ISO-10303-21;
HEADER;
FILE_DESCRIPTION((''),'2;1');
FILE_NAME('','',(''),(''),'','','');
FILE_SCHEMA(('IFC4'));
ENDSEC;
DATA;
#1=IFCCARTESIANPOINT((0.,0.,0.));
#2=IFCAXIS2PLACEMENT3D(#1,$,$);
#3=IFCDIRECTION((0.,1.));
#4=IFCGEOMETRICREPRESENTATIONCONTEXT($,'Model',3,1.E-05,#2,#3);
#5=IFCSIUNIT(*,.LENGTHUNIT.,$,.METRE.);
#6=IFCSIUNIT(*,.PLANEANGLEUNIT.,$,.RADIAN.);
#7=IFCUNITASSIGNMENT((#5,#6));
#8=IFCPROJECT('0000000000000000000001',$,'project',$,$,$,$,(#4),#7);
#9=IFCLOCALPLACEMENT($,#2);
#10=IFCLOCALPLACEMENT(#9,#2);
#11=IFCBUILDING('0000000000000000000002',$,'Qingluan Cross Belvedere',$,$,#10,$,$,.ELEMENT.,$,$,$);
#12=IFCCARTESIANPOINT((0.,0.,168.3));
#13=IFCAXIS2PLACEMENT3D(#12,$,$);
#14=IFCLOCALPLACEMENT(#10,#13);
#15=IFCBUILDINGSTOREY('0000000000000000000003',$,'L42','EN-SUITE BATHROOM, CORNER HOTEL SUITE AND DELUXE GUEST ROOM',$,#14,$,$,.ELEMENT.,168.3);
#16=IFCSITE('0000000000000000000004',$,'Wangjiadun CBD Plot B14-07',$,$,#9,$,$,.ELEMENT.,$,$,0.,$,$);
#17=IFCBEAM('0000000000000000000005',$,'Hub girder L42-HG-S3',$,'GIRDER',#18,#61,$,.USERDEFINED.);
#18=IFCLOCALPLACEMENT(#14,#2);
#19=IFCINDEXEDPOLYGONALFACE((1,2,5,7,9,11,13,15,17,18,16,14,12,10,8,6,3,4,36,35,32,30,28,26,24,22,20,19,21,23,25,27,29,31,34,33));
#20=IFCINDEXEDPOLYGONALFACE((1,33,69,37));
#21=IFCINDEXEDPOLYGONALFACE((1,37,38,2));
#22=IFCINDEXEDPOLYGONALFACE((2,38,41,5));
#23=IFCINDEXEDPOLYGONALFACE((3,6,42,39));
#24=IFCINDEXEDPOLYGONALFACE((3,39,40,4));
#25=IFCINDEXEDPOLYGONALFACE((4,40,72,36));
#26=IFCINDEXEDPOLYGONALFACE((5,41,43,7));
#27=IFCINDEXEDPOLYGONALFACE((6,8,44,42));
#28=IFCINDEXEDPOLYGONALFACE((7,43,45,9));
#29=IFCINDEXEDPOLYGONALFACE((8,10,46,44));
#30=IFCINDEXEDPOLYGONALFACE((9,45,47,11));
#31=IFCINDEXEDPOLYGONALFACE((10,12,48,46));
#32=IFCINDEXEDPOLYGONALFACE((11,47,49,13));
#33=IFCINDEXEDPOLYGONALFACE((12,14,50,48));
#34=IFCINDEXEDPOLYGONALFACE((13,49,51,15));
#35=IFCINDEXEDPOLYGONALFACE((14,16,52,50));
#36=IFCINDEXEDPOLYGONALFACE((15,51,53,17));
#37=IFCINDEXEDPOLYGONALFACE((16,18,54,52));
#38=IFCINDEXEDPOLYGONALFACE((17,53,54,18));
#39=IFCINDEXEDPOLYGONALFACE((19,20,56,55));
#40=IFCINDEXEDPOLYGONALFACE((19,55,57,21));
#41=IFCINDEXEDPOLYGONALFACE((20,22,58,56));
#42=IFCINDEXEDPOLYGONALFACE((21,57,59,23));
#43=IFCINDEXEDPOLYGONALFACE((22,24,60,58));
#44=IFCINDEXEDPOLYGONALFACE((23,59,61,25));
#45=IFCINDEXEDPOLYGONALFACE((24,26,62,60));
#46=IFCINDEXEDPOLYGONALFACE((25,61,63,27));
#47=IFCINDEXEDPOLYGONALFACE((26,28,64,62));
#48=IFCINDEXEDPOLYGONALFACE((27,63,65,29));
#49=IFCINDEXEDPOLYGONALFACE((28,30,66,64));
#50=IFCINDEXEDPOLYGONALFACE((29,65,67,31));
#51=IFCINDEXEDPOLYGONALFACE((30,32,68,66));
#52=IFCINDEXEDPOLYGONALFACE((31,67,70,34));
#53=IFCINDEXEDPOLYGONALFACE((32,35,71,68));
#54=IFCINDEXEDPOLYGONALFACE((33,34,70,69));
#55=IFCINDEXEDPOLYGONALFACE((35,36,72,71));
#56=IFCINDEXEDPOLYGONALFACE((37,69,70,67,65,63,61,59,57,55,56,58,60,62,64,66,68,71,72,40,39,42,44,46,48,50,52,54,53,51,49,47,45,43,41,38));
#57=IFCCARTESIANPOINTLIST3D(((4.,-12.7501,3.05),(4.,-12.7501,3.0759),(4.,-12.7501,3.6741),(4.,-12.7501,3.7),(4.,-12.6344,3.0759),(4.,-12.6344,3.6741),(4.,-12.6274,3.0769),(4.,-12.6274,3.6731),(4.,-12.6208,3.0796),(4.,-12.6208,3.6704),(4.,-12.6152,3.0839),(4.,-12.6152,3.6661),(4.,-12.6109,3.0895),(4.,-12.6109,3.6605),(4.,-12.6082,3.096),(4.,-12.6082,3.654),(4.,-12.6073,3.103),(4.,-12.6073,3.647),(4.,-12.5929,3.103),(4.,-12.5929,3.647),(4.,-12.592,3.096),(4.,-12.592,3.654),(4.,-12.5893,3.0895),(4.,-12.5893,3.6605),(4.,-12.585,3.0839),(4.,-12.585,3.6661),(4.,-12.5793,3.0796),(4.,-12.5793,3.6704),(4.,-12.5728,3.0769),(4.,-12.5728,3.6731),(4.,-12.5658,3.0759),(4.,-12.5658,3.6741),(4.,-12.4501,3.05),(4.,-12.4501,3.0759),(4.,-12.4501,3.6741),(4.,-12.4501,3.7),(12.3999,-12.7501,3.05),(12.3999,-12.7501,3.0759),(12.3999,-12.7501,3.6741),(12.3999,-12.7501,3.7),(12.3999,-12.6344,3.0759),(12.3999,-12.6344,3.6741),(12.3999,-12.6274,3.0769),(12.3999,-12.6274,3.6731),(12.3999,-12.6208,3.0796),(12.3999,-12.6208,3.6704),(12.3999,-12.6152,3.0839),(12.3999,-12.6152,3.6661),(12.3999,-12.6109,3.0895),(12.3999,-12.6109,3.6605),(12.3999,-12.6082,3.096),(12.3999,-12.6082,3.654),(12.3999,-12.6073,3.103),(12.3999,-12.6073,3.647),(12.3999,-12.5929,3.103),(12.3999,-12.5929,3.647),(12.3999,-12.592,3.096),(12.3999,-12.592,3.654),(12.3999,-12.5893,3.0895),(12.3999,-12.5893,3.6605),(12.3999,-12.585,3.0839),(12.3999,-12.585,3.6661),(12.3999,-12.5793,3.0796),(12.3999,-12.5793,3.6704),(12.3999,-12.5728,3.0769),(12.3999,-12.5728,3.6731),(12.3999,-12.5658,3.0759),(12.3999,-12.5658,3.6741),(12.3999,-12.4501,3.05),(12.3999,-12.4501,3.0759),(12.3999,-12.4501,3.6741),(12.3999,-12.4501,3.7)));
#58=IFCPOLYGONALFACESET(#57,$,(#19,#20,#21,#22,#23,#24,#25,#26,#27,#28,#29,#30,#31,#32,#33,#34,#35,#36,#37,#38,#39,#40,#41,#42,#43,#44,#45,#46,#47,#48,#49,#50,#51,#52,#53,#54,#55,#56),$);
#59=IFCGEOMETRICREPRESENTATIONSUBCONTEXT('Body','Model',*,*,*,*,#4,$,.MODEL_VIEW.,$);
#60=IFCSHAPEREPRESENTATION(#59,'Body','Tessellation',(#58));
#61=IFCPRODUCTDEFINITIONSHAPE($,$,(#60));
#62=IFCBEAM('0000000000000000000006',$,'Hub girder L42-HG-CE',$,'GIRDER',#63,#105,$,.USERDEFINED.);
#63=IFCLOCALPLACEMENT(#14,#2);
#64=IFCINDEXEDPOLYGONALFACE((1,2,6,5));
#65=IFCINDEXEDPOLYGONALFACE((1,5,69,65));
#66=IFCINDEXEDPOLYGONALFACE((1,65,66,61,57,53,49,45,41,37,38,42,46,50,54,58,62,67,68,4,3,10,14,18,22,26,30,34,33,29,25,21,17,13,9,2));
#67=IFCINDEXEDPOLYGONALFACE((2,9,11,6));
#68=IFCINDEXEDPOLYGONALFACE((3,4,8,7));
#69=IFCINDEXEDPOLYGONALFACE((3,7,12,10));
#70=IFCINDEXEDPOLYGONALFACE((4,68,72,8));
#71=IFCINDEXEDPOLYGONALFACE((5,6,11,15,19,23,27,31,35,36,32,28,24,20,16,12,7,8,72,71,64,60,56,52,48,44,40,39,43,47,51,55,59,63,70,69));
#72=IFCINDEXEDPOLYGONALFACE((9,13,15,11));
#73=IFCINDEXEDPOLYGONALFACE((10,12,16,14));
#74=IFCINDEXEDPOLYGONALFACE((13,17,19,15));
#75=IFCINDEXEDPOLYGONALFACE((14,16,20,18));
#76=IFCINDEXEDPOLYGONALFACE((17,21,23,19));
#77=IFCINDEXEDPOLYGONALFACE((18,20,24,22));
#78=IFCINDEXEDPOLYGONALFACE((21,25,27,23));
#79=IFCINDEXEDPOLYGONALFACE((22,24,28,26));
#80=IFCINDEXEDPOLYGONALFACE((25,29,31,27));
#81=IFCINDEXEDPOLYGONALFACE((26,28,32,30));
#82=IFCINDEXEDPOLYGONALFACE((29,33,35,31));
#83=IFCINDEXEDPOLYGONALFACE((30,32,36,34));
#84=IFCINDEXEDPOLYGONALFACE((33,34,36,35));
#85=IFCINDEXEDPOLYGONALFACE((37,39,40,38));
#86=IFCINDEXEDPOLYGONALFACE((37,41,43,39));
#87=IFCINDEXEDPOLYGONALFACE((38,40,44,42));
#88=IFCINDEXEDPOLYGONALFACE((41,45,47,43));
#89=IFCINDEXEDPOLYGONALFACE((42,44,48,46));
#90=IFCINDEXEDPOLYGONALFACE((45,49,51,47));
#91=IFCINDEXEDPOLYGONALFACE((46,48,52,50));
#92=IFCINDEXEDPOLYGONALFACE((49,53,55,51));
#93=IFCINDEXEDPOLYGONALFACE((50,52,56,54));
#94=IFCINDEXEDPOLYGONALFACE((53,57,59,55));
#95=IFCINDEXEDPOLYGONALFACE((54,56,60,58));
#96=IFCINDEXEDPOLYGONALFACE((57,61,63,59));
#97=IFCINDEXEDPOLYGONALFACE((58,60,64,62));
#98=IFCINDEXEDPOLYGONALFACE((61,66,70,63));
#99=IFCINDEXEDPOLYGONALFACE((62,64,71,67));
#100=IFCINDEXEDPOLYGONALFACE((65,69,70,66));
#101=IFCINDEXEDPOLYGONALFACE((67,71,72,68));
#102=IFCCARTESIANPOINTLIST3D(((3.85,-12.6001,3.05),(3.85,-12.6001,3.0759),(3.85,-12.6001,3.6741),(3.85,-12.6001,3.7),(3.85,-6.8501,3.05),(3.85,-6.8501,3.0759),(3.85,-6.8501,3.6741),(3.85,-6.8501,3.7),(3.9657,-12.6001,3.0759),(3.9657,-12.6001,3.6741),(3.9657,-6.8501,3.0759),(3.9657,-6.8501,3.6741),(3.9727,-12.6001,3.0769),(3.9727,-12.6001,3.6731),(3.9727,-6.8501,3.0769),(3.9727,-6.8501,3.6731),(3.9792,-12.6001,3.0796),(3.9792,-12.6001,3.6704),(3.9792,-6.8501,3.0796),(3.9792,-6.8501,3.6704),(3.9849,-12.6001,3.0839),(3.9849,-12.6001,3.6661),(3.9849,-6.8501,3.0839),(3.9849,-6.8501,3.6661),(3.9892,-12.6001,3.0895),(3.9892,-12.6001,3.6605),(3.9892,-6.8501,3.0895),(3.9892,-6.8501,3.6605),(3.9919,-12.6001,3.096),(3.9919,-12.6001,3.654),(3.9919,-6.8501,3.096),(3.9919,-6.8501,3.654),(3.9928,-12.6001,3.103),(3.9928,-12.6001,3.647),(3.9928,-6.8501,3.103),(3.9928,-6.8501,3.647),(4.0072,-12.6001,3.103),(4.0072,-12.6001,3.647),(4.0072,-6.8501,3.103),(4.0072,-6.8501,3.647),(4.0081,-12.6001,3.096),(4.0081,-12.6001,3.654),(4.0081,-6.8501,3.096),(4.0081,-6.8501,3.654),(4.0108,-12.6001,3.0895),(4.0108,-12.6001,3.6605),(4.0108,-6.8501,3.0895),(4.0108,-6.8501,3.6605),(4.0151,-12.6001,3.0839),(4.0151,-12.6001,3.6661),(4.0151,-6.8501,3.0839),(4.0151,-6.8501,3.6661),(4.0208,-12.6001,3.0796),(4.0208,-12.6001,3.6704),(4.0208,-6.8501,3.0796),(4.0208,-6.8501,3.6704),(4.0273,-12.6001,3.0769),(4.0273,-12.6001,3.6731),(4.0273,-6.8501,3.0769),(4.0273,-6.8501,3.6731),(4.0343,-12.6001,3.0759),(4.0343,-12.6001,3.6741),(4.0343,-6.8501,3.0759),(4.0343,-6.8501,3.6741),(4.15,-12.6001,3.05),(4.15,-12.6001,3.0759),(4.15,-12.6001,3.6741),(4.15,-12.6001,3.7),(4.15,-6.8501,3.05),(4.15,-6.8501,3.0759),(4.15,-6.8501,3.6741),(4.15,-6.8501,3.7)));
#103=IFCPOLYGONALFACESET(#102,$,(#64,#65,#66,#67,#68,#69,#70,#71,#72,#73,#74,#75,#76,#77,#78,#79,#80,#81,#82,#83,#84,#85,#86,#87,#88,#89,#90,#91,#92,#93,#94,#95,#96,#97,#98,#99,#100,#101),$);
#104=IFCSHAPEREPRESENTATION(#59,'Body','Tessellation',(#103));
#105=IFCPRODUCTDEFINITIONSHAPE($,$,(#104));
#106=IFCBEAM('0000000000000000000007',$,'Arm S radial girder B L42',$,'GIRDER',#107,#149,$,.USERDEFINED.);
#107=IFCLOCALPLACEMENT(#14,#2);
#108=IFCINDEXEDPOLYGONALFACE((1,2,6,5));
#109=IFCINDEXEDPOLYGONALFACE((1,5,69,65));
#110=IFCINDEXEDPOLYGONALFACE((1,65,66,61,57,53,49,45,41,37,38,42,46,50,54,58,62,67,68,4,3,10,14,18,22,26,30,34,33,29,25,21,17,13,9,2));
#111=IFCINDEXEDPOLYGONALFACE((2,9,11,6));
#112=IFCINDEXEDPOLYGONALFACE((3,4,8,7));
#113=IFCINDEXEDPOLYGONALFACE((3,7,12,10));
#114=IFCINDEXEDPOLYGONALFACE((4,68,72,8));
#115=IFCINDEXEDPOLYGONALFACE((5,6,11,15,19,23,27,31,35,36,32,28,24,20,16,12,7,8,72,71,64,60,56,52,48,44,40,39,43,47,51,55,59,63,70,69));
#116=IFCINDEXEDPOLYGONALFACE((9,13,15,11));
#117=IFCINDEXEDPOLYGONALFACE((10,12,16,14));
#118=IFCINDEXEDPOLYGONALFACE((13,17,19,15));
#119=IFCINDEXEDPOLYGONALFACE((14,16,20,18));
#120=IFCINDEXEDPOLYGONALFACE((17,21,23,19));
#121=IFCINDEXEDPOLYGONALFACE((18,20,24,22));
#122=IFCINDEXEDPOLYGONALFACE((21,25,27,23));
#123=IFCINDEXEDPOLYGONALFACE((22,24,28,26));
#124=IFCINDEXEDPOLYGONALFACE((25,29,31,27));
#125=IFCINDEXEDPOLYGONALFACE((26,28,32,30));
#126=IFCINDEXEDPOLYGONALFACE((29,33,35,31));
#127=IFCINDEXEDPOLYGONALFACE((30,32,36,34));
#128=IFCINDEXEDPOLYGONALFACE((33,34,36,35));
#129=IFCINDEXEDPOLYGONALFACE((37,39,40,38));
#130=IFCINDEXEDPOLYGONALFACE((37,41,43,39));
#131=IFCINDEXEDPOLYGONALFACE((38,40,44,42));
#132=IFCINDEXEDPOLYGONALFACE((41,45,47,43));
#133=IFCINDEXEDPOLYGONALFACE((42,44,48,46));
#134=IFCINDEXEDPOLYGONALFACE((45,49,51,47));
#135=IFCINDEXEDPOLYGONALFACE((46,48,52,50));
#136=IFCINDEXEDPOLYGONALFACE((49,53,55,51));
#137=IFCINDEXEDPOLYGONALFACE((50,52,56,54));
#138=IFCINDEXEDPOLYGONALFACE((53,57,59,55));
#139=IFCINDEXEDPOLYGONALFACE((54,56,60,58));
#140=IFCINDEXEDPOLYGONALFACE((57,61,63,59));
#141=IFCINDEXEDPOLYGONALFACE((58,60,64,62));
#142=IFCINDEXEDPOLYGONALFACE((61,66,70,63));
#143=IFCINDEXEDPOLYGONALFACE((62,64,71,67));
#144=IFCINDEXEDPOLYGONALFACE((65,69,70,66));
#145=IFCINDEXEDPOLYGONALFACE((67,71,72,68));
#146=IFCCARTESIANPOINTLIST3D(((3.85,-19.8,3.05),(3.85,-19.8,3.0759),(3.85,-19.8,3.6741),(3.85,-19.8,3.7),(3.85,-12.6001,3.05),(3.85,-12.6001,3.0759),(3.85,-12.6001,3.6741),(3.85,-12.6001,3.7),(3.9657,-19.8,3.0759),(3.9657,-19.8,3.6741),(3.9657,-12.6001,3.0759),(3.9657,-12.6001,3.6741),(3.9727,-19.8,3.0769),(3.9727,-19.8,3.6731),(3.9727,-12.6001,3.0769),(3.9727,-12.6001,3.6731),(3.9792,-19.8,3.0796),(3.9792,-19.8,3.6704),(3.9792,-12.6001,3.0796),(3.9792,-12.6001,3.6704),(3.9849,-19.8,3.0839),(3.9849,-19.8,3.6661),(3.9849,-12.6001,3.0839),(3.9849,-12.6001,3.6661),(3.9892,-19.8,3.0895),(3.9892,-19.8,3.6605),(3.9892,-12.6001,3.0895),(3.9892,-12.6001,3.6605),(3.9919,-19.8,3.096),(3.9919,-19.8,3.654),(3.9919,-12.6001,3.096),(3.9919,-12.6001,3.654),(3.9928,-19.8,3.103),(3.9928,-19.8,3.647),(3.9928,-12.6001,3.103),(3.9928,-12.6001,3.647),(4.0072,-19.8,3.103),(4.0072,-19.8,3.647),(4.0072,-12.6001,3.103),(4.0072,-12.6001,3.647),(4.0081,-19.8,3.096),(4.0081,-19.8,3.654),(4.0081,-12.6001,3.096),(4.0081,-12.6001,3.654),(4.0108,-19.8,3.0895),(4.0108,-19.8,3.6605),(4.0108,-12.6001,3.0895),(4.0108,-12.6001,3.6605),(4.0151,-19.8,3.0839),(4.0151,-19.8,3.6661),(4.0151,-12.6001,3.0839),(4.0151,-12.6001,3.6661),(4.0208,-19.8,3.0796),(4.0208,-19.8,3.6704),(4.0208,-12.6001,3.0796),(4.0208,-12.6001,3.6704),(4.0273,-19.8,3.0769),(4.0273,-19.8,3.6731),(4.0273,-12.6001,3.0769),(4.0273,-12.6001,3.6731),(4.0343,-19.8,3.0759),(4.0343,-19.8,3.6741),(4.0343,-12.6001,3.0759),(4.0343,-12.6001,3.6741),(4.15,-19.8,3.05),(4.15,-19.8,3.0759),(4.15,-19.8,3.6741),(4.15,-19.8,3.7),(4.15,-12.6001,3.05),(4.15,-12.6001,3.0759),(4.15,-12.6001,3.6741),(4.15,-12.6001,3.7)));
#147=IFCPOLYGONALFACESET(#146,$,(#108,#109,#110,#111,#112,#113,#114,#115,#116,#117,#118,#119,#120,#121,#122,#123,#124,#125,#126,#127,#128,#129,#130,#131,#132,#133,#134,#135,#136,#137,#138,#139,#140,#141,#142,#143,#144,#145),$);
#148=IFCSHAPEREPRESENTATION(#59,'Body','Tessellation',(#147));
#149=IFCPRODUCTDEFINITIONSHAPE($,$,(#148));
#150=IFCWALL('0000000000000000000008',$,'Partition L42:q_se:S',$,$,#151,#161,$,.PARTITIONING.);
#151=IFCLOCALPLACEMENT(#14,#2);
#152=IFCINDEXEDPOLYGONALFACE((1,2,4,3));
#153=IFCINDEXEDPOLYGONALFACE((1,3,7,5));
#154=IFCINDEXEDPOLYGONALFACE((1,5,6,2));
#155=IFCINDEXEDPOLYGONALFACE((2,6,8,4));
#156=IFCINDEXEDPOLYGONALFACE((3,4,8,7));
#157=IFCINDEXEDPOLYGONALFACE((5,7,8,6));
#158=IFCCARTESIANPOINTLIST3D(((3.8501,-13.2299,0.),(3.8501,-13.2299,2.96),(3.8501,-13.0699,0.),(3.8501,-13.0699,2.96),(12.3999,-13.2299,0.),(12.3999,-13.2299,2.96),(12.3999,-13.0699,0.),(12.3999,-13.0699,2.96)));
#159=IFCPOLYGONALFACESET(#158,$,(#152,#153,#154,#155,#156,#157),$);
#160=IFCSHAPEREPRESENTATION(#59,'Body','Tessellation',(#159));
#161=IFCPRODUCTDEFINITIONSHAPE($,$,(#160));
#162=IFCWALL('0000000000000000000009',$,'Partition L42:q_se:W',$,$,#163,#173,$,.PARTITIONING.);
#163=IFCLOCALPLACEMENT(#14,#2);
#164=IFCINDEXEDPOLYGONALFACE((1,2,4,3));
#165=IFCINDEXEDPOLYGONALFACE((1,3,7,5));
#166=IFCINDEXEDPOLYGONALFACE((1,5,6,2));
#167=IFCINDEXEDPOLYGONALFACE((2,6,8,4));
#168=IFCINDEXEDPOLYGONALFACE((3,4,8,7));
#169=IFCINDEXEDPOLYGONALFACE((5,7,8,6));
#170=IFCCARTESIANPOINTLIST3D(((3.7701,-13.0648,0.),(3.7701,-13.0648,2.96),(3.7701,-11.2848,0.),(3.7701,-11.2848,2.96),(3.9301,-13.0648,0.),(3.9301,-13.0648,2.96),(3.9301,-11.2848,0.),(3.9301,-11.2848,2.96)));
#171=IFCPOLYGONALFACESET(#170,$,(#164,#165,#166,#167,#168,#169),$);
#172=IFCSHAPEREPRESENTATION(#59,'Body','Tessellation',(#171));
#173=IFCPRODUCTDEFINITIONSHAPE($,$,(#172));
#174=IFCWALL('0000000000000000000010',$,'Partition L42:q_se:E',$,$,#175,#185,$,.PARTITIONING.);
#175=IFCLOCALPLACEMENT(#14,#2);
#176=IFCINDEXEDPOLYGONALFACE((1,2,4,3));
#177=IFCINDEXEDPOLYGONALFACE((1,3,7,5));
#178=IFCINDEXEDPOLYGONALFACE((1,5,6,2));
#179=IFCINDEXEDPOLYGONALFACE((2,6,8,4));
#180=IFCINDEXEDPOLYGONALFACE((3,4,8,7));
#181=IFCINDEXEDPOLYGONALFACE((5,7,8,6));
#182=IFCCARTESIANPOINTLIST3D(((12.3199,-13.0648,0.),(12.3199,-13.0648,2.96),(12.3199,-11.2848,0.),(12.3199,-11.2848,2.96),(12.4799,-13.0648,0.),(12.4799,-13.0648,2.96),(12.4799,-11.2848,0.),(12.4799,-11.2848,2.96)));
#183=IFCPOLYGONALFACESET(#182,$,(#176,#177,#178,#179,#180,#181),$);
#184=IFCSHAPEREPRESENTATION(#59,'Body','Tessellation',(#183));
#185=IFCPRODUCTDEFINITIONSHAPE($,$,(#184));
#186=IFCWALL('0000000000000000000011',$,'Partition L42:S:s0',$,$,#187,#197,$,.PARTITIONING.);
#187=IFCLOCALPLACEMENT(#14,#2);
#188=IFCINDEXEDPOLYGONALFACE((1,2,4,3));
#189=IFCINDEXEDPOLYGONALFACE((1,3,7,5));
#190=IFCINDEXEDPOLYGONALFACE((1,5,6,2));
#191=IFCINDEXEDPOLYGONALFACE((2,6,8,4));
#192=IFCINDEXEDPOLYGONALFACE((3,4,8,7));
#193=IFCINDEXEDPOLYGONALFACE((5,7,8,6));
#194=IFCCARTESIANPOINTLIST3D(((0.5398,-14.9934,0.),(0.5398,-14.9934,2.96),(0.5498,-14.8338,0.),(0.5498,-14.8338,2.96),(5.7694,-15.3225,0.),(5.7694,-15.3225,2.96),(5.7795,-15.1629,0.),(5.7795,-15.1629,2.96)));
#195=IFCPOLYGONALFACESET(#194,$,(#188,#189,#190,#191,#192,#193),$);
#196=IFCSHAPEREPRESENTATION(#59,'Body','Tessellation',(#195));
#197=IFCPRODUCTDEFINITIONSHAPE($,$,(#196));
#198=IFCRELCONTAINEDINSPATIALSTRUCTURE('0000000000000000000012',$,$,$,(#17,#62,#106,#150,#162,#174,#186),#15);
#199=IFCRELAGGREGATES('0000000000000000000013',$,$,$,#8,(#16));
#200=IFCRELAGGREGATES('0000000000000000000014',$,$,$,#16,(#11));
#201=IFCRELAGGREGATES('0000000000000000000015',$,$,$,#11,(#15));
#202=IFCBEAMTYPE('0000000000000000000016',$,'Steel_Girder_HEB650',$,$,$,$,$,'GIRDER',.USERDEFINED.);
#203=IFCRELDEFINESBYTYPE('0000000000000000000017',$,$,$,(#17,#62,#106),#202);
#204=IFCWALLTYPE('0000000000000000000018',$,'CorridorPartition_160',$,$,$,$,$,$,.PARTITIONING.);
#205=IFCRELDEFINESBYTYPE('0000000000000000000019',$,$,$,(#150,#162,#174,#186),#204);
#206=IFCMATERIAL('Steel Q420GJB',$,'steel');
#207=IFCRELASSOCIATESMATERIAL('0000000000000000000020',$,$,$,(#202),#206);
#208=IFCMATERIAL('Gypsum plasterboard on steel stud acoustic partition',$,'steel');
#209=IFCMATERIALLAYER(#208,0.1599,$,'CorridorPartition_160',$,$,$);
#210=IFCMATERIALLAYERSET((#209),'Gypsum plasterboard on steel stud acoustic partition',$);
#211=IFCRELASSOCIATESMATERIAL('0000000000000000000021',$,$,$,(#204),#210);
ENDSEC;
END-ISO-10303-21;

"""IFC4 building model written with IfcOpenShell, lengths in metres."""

from ifc_helpers import new_model, si_unit, direction, frame, frame_2d, origin, origin_2d, place, context, subcontext, project, spatial, rectangle, i_section, extrude, material, layer, layer_set, material_profile, profile_set, type_object, element, save


model = new_model("IFC4")

# Units and contexts
model_context = context("Model", 3, precision=1e-05, world=origin(), true_north=direction((0.0, 1.0)))
body_context = subcontext(model_context, "Body", "Model", "MODEL_VIEW")
ifc_project = project(units=[si_unit("LENGTHUNIT", "METRE"), si_unit("PLANEANGLEUNIT", "RADIAN")], contexts=[model_context])

# Site, building, storey
site_placement = place(None, origin())
site = spatial("IfcSite", under=ifc_project, at=site_placement, Name="Wangjiadun CBD Plot B14-07", CompositionType="ELEMENT", RefElevation=0.0)
building_placement = place(site_placement, origin())
building = spatial("IfcBuilding", under=site, at=building_placement, Name="Qingluan Cross Belvedere", CompositionType="ELEMENT")
storey_placement = place(building_placement, frame((0.0, 0.0, 168.3)))
storey = spatial("IfcBuildingStorey", under=building, at=storey_placement, Name="L42", Description="EN-SUITE BATHROOM, CORNER HOTEL SUITE AND DELUXE GUEST ROOM", CompositionType="ELEMENT", Elevation=168.3)

# Beams
ifc_material_1 = material(Name="Steel Q420GJB", Category="steel")
ifc_material_profile_1 = material_profile(ifc_material_1, i_section(OverallWidth=0.3, OverallDepth=0.6499, WebThickness=0.0144, FlangeThickness=0.0259, FilletRadius=0.0271, at=origin_2d()), Name="HEB650")
ifc_profile_set_1 = profile_set([ifc_material_profile_1], Name="Steel Q420GJB")
beam_type_1 = type_object("IfcBeamType", Name="Steel_Girder_HEB650", ElementType="GIRDER", PredefinedType="USERDEFINED", material=ifc_profile_set_1)
beam_1_placement = place(storey_placement, frame((4.0, -12.6001, 3.375), z_axis=(1.0, 0.0, 0.0), x_axis=(0.0, 1.0, 0.0)))
element("IfcBeam", 1, at=beam_1_placement, inside=storey, type_object=beam_type_1, Name="Hub girder L42-HG-S3", ObjectType="GIRDER", PredefinedType="USERDEFINED", context=body_context, shape_type="SweptSolid", body=[
    extrude(i_section(OverallWidth=0.3, OverallDepth=0.6499, WebThickness=0.0144, FlangeThickness=0.0259, FilletRadius=0.0271, at=origin_2d()), origin(), (0.0, 0.0, 1.0), 8.3999),
])
beam_2_placement = place(storey_placement, frame((4.0, -12.6001, 3.375), z_axis=(0.0, 1.0, 0.0), x_axis=(-1.0, 0.0, 0.0)))
element("IfcBeam", 2, at=beam_2_placement, inside=storey, type_object=beam_type_1, Name="Hub girder L42-HG-CE", ObjectType="GIRDER", PredefinedType="USERDEFINED", context=body_context, shape_type="SweptSolid", body=[
    extrude(i_section(OverallWidth=0.3, OverallDepth=0.6499, WebThickness=0.0144, FlangeThickness=0.0259, FilletRadius=0.0271, at=origin_2d()), origin(), (0.0, 0.0, 1.0), 5.75),
])
beam_3_placement = place(storey_placement, frame((4.0, -12.6001, 3.375), z_axis=(0.0, -1.0, 0.0), x_axis=(1.0, 0.0, 0.0)))
element("IfcBeam", 3, at=beam_3_placement, inside=storey, type_object=beam_type_1, Name="Arm S radial girder B L42", ObjectType="GIRDER", PredefinedType="USERDEFINED", context=body_context, shape_type="SweptSolid", body=[
    extrude(i_section(OverallWidth=0.3, OverallDepth=0.6499, WebThickness=0.0144, FlangeThickness=0.0259, FilletRadius=0.0271, at=origin_2d()), origin(), (0.0, 0.0, 1.0), 7.2),
])

# Walls
ifc_material_2 = material(Name="Gypsum plasterboard on steel stud acoustic partition", Category="steel")
ifc_layer_1 = layer(ifc_material_2, 0.1599, Name="CorridorPartition_160")
ifc_layer_set_1 = layer_set([ifc_layer_1], Name="Gypsum plasterboard on steel stud acoustic partition")
wall_type_1 = type_object("IfcWallType", Name="CorridorPartition_160", PredefinedType="PARTITIONING", material=ifc_layer_set_1)
wall_1_placement = place(storey_placement, frame((3.8501, -13.1499, 0.0), z_axis=(0.0, 0.0, 1.0), x_axis=(1.0, 0.0, 0.0)))
element("IfcWall", 4, at=wall_1_placement, inside=storey, type_object=wall_type_1, Name="Partition L42:q_se:S", PredefinedType="PARTITIONING", context=body_context, shape_type="SweptSolid", body=[
    extrude(rectangle(XDim=8.5498, YDim=0.1599, at=frame_2d((4.2749, 0.0))), origin(), (0.0, 0.0, 1.0), 2.96),
])
for number, where, z_axis, x_axis, name in (
    (5, (3.8501, -13.0649, 0.0), (0.0, 0.0, 1.0), (0.0, 1.0, 0.0), "Partition L42:q_se:W"),
    (6, (12.3999, -13.0649, 0.0), (0.0, 0.0, 1.0), (0.0, 1.0, 0.0), "Partition L42:q_se:E"),
):
    element("IfcWall", number, at=place(storey_placement, frame(where, z_axis=z_axis, x_axis=x_axis)), inside=storey, type_object=wall_type_1, Name=name, PredefinedType="PARTITIONING", context=body_context, shape_type="SweptSolid", body=[
        extrude(rectangle(XDim=1.78, YDim=0.1599, at=frame_2d((0.8901, 0.0))), origin(), (0.0, 0.0, 1.0), 2.96),
    ])

# Wall
wall_2_placement = place(storey_placement, frame((0.5447, -14.9136, 0.0), z_axis=(0.0, 0.0, 1.0), x_axis=(0.998026, -0.062805, 0.0)))
element("IfcWall", 7, at=wall_2_placement, inside=storey, type_object=wall_type_1, Name="Partition L42:S:s0", PredefinedType="PARTITIONING", context=body_context, shape_type="SweptSolid", body=[
    extrude(rectangle(XDim=5.24, YDim=0.1599, at=frame_2d((2.6201, 0.0))), origin(), (0.0, 0.0, 1.0), 2.96),
])

save(model, "model.ifc")
